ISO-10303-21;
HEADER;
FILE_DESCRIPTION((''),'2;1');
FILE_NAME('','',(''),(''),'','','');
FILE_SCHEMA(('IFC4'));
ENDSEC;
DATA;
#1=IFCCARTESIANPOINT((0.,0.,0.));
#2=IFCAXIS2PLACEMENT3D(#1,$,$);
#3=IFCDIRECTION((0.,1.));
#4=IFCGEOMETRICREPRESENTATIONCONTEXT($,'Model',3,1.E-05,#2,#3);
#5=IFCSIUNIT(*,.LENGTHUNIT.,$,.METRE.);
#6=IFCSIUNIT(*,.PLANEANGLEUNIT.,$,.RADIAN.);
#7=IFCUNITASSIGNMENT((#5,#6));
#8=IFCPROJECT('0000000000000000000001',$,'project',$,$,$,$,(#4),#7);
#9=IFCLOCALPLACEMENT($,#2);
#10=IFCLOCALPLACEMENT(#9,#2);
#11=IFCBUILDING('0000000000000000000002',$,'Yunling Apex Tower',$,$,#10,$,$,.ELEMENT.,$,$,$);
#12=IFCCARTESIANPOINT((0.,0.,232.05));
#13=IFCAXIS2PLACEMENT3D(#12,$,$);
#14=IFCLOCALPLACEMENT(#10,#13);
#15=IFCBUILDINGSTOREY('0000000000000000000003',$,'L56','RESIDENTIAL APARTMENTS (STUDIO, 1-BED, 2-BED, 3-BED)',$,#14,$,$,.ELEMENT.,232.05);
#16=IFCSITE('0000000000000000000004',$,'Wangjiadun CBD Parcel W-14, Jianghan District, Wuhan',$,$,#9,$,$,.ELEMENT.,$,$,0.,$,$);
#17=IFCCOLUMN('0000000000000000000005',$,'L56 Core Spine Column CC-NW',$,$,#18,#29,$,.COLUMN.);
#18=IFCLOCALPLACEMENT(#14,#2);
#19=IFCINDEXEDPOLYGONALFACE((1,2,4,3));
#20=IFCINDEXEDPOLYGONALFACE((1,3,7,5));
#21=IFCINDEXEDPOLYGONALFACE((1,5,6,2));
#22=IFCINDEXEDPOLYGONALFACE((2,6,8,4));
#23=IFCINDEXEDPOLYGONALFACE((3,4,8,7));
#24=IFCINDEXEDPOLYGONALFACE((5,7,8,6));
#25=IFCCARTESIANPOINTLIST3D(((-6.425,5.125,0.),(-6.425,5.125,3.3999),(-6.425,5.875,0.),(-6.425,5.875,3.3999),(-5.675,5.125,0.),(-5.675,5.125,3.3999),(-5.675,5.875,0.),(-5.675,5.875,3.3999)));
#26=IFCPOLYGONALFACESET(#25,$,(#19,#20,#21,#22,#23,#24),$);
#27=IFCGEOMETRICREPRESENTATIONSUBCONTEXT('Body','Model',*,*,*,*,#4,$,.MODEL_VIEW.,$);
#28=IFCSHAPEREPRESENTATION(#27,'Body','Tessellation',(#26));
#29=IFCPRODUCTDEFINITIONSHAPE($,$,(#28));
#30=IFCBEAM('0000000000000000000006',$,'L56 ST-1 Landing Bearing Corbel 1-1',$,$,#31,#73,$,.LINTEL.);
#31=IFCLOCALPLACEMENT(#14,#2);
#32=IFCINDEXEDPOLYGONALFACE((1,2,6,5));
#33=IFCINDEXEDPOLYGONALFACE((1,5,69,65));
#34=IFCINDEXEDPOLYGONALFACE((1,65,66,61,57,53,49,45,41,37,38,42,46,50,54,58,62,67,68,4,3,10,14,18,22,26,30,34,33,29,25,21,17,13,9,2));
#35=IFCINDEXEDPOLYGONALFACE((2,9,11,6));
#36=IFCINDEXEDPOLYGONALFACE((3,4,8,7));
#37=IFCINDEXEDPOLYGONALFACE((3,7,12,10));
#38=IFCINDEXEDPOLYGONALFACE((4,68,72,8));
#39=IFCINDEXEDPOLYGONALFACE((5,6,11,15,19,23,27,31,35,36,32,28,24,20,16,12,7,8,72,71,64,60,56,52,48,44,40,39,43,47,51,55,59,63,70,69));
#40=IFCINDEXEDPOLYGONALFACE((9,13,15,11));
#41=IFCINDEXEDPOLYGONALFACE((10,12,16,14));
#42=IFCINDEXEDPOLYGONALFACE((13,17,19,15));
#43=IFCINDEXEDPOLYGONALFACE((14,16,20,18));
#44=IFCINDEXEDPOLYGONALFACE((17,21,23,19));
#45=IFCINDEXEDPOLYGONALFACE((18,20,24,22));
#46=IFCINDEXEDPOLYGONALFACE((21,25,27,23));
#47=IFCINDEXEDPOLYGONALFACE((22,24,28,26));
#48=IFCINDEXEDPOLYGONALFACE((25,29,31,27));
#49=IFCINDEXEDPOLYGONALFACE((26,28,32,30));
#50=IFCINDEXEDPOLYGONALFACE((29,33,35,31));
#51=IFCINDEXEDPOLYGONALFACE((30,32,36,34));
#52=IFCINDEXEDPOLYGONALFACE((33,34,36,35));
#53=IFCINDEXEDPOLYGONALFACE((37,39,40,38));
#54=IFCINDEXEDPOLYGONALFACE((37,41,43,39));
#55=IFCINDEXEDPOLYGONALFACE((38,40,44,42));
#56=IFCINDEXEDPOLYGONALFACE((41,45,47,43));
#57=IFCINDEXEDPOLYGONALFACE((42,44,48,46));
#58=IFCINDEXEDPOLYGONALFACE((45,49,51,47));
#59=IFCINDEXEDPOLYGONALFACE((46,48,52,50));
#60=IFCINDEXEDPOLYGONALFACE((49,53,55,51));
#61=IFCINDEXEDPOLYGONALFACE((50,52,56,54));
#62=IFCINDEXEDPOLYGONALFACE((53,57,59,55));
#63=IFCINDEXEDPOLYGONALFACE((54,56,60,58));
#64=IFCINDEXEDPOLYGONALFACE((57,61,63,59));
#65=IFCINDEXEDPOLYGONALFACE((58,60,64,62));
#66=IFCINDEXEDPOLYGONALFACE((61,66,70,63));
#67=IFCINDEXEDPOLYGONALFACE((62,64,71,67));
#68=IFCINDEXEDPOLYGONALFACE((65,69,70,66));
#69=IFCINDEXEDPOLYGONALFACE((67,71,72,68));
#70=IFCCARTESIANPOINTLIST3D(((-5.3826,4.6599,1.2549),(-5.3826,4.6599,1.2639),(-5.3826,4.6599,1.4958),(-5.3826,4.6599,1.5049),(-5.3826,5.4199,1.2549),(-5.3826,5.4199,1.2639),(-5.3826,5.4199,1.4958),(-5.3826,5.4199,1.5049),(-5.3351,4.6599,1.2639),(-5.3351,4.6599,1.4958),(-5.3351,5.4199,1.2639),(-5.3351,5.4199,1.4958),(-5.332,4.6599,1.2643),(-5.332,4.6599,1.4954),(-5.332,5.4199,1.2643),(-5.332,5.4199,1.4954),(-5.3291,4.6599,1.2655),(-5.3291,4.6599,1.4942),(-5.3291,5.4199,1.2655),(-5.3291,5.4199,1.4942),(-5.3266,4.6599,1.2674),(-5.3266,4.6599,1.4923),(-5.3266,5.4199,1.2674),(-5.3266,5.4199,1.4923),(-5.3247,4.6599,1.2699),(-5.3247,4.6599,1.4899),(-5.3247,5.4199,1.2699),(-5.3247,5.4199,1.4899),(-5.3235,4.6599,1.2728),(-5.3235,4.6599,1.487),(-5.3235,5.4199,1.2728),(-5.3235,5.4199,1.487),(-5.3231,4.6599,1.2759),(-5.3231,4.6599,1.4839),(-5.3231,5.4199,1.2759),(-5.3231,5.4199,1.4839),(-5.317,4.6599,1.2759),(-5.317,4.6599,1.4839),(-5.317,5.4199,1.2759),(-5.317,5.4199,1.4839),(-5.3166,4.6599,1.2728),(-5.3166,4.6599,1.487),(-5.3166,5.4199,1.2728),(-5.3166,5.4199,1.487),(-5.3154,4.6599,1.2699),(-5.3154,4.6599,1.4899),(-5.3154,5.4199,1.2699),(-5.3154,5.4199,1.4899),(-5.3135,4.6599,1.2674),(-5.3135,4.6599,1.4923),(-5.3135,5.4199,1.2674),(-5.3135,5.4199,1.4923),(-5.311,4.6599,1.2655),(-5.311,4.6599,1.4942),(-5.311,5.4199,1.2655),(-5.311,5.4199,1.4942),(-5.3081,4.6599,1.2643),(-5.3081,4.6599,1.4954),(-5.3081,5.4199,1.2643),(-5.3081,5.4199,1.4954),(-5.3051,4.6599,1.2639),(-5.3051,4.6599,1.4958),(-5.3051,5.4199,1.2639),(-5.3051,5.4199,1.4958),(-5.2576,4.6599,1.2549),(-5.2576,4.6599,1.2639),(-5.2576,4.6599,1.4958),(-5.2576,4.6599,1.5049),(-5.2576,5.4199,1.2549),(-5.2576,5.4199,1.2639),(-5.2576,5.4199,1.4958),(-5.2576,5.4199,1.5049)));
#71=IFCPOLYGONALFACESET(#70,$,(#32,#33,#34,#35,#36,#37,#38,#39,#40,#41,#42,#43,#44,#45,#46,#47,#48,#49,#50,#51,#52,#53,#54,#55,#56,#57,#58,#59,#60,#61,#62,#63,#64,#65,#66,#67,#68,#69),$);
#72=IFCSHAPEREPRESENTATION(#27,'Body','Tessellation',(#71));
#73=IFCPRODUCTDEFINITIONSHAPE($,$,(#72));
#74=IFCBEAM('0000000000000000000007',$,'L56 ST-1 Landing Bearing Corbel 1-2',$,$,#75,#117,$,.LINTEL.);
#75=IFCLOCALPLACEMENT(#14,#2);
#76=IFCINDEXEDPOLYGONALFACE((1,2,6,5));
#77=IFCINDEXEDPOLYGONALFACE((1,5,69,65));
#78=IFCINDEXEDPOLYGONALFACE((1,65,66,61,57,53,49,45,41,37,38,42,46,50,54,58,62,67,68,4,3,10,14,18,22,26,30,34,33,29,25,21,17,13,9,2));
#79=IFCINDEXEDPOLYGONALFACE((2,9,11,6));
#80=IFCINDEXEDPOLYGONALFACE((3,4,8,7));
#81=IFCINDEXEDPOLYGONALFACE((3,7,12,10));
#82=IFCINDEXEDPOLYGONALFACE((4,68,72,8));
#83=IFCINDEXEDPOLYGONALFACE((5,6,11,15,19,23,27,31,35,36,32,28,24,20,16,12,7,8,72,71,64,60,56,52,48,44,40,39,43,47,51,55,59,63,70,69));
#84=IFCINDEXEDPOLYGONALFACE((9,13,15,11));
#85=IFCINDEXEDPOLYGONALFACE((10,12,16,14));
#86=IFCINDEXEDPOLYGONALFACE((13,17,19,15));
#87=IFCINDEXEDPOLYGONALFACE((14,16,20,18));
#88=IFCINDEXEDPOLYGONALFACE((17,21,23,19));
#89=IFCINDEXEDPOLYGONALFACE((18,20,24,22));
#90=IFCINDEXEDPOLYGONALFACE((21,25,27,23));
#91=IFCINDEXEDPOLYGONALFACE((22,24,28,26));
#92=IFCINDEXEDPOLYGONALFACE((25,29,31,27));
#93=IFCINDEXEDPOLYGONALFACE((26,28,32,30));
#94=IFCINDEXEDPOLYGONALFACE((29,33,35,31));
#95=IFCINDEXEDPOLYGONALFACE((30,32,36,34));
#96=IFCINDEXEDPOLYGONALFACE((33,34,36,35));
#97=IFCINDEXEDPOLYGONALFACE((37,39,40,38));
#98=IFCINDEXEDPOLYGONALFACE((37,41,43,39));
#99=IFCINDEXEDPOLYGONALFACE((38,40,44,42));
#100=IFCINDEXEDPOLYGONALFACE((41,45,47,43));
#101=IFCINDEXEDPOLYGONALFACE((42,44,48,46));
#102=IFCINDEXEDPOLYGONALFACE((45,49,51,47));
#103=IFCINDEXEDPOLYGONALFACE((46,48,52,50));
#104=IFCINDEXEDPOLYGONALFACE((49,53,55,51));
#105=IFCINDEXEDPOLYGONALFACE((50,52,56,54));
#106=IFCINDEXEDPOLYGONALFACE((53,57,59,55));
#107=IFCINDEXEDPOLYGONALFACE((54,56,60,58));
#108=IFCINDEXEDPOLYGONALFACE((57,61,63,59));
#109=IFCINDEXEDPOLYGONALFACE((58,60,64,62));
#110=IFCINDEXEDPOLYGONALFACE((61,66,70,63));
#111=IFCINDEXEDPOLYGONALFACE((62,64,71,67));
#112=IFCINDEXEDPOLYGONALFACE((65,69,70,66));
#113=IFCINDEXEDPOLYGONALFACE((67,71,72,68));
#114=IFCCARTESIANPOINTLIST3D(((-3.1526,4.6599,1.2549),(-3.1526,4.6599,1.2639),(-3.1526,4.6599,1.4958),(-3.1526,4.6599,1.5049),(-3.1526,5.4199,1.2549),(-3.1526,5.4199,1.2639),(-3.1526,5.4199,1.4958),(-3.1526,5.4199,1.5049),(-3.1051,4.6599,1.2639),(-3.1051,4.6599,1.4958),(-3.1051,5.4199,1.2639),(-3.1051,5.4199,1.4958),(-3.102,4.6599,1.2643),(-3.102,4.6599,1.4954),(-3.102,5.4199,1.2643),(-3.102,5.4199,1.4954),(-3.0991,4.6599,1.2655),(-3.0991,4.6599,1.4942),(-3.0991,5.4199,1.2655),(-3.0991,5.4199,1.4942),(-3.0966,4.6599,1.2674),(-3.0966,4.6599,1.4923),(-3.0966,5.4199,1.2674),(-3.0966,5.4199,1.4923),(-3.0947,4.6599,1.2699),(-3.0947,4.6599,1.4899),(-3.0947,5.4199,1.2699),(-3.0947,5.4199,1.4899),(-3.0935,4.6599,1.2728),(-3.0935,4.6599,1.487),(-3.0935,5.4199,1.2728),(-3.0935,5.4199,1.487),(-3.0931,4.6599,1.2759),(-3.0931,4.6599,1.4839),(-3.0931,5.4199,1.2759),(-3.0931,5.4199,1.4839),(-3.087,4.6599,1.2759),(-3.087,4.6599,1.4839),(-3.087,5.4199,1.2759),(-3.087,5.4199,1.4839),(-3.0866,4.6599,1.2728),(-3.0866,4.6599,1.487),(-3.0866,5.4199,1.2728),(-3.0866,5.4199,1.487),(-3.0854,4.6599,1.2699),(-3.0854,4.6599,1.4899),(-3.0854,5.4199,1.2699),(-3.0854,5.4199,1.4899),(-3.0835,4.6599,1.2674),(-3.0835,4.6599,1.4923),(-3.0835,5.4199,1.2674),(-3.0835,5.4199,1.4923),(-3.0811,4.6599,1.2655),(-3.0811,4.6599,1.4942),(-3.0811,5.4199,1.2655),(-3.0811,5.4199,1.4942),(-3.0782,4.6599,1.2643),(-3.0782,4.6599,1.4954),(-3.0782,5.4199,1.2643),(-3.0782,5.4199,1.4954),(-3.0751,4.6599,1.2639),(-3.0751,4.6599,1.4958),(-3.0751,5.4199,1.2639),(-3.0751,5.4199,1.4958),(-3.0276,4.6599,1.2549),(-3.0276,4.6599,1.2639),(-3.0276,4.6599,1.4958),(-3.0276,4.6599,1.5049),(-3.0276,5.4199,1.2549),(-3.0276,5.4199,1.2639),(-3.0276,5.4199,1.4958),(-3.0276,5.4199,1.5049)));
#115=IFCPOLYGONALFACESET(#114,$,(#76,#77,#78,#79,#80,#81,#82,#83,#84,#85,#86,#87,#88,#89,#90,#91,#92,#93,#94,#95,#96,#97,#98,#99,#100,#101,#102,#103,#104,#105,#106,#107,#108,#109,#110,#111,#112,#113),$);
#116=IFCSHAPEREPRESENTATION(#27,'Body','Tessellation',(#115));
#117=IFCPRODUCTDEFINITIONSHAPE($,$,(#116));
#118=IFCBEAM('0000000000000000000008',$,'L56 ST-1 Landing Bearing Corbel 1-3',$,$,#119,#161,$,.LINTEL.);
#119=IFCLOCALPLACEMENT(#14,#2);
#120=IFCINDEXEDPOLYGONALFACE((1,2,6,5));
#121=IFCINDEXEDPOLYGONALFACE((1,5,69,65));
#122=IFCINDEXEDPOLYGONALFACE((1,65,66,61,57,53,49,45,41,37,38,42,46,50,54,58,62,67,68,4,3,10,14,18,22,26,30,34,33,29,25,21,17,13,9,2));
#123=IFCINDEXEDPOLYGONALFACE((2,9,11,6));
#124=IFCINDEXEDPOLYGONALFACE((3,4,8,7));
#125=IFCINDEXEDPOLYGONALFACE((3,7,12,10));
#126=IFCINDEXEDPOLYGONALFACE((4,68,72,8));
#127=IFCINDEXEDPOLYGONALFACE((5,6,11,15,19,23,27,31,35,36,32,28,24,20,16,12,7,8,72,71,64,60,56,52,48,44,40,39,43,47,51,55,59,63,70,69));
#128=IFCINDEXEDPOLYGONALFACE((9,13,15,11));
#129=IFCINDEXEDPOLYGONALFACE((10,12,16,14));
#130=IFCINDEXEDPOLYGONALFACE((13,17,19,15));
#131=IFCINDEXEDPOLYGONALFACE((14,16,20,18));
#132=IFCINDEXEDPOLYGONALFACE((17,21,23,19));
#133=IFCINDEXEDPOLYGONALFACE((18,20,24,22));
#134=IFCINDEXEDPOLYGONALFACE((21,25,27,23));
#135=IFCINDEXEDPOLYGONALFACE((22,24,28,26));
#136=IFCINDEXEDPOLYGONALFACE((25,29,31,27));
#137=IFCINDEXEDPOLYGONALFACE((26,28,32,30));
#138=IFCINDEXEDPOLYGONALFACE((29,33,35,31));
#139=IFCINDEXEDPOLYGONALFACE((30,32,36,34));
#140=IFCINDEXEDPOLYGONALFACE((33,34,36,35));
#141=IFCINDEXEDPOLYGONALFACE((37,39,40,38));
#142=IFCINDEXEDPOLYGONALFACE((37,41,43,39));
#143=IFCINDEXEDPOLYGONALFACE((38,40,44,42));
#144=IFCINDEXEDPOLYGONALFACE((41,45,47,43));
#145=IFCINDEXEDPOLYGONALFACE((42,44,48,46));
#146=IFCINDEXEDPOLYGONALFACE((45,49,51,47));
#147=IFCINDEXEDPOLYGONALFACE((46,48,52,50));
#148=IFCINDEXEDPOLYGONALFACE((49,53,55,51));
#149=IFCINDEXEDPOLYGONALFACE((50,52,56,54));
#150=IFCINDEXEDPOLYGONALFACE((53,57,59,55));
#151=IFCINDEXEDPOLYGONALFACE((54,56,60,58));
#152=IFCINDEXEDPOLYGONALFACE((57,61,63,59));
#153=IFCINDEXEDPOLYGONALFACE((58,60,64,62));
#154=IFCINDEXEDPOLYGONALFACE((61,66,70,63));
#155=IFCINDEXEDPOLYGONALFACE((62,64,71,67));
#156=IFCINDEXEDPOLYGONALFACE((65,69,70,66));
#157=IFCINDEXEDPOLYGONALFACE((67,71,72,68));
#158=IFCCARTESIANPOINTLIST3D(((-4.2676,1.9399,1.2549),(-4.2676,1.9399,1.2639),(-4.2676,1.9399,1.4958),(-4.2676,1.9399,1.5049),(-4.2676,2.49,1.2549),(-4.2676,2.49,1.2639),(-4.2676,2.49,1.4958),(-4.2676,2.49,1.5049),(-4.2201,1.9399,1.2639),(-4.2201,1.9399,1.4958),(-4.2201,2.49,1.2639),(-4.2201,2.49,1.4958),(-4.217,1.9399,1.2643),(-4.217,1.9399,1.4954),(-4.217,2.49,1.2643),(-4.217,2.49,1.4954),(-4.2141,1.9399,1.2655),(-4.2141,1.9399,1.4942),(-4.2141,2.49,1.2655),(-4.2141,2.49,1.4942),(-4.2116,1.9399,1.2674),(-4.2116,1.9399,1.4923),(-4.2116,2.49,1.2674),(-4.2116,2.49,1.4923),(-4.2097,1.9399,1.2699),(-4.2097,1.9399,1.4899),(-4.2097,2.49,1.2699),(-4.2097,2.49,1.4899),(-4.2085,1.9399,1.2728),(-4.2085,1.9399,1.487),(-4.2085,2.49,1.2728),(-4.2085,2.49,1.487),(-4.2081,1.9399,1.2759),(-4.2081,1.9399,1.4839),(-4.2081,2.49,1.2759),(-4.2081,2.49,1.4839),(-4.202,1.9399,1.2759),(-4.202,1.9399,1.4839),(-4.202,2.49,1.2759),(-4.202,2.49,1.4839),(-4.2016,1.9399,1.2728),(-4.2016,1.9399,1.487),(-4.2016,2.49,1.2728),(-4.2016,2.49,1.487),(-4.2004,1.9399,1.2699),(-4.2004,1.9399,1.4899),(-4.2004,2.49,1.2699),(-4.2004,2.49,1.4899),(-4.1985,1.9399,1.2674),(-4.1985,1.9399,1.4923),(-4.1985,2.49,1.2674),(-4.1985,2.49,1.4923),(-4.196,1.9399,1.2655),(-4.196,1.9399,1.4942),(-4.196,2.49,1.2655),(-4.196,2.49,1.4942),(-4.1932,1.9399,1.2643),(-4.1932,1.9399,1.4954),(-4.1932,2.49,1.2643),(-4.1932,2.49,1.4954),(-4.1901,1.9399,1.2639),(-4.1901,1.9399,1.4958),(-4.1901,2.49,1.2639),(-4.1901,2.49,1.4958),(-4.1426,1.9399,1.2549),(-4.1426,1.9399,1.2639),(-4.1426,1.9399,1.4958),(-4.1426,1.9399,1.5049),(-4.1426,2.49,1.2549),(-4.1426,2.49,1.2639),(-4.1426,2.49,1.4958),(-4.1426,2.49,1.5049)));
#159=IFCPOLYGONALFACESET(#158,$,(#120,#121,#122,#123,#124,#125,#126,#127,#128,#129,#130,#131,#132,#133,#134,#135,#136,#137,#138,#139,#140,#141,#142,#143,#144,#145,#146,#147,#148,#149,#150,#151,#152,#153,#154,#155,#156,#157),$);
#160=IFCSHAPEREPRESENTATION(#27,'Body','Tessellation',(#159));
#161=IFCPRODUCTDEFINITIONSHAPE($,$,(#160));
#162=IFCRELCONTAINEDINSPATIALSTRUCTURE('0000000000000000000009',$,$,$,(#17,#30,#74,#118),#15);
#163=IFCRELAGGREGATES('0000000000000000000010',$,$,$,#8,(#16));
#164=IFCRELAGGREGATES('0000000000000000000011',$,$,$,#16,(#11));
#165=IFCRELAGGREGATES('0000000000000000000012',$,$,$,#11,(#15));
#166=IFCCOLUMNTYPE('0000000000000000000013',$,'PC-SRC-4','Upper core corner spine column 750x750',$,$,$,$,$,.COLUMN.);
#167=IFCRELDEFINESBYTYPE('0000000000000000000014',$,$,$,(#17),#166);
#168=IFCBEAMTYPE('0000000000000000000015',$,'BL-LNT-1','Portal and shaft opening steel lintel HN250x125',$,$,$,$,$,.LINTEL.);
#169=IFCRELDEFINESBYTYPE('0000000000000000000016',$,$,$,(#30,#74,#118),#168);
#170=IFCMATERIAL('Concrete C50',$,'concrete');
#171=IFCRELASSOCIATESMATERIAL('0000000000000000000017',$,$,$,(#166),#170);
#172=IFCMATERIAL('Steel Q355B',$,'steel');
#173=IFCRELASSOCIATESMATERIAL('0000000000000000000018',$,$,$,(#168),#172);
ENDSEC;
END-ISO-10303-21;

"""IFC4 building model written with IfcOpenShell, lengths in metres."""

from ifc_helpers import new_model, si_unit, direction, frame, origin, origin_2d, place, context, subcontext, project, spatial, rectangle, i_section, extrude, source, transform, mapped, material, material_profile, profile_set, type_object, element, save


model = new_model("IFC4")

# Units and contexts
model_context = context("Model", 3, precision=1e-05, world=origin(), true_north=direction((0.0, 1.0)))
body_context = subcontext(model_context, "Body", "Model", "MODEL_VIEW")
ifc_project = project(units=[si_unit("LENGTHUNIT", "METRE"), si_unit("PLANEANGLEUNIT", "RADIAN")], contexts=[model_context])

# Site, building, storey
site_placement = place(None, origin())
site = spatial("IfcSite", under=ifc_project, at=site_placement, Name="Wangjiadun CBD Parcel W-14, Jianghan District, Wuhan", CompositionType="ELEMENT", RefElevation=0.0)
building_placement = place(site_placement, origin())
building = spatial("IfcBuilding", under=site, at=building_placement, Name="Yunling Apex Tower", CompositionType="ELEMENT")
storey_placement = place(building_placement, frame((0.0, 0.0, 232.05)))
storey = spatial("IfcBuildingStorey", under=building, at=storey_placement, Name="L56", Description="RESIDENTIAL APARTMENTS (STUDIO, 1-BED, 2-BED, 3-BED)", CompositionType="ELEMENT", Elevation=232.05)

# Column
ifc_material_1 = material(Name="Concrete C50", Category="concrete")
ifc_material_profile_1 = material_profile(ifc_material_1, rectangle(XDim=0.75, YDim=0.75, at=origin_2d()))
ifc_profile_set_1 = profile_set([ifc_material_profile_1], Name="Concrete C50")
column_type = type_object("IfcColumnType", Name="PC-SRC-4", Description="Upper core corner spine column 750x750", PredefinedType="COLUMN", material=ifc_profile_set_1)
shared_shape_1 = source(origin(), body_context, "Body", "SweptSolid", [
    extrude(rectangle(XDim=0.75, YDim=0.75, at=origin_2d()), origin(), (0.0, 0.0, 1.0), 3.3999),
])
column_placement = place(storey_placement, frame((-6.05, 5.5, 0.0), z_axis=(0.0, 0.0, 1.0), x_axis=(1.0, 0.0, 0.0)))
element("IfcColumn", 1, at=column_placement, inside=storey, type_object=column_type, Name="L56 Core Spine Column CC-NW", PredefinedType="COLUMN", context=body_context, shape_type="MappedRepresentation", body=[
    mapped(shared_shape_1, transform((0.0, 0.0, 0.0), scale=1.0)),
])

# Beams
ifc_material_2 = material(Name="Steel Q355B", Category="steel")
ifc_material_profile_2 = material_profile(ifc_material_2, i_section(OverallWidth=0.125, OverallDepth=0.25, WebThickness=0.0061, FlangeThickness=0.009, FilletRadius=0.012, at=origin_2d()))
ifc_profile_set_2 = profile_set([ifc_material_profile_2], Name="Steel Q355B")
beam_type_1 = type_object("IfcBeamType", Name="BL-LNT-1", Description="Portal and shaft opening steel lintel HN250x125", PredefinedType="LINTEL", material=ifc_profile_set_2)
shared_shape_2 = source(origin(), body_context, "Body", "SweptSolid", [
    extrude(i_section(OverallWidth=0.125, OverallDepth=0.25, WebThickness=0.0061, FlangeThickness=0.009, FilletRadius=0.012, at=origin_2d()), origin(), (0.0, 0.0, 1.0), 0.76),
])
for number, where, z_axis, x_axis, name in (
    (2, (-5.3201, 5.4199, 1.3799), (0.0, -1.0, 0.0), (1.0, 0.0, 0.0), "L56 ST-1 Landing Bearing Corbel 1-1"),
    (3, (-3.0901, 5.4199, 1.3799), (0.0, -1.0, 0.0), (1.0, 0.0, 0.0), "L56 ST-1 Landing Bearing Corbel 1-2"),
):
    element("IfcBeam", number, at=place(storey_placement, frame(where, z_axis=z_axis, x_axis=x_axis)), inside=storey, type_object=beam_type_1, Name=name, PredefinedType="LINTEL", context=body_context, shape_type="MappedRepresentation", body=[
        mapped(shared_shape_2, transform((0.0, 0.0, 0.0), scale=1.0)),
    ])
shared_shape_3 = source(origin(), body_context, "Body", "SweptSolid", [
    extrude(i_section(OverallWidth=0.125, OverallDepth=0.25, WebThickness=0.0061, FlangeThickness=0.009, FilletRadius=0.012, at=origin_2d()), origin(), (0.0, 0.0, 1.0), 0.55),
])
beam_1_placement = place(storey_placement, frame((-4.2051, 1.9399, 1.3799), z_axis=(0.0, 1.0, 0.0), x_axis=(-1.0, 0.0, 0.0)))
element("IfcBeam", 4, at=beam_1_placement, inside=storey, type_object=beam_type_1, Name="L56 ST-1 Landing Bearing Corbel 1-3", PredefinedType="LINTEL", context=body_context, shape_type="MappedRepresentation", body=[
    mapped(shared_shape_3, transform((0.0, 0.0, 0.0), scale=1.0)),
])

save(model, "model.ifc")
